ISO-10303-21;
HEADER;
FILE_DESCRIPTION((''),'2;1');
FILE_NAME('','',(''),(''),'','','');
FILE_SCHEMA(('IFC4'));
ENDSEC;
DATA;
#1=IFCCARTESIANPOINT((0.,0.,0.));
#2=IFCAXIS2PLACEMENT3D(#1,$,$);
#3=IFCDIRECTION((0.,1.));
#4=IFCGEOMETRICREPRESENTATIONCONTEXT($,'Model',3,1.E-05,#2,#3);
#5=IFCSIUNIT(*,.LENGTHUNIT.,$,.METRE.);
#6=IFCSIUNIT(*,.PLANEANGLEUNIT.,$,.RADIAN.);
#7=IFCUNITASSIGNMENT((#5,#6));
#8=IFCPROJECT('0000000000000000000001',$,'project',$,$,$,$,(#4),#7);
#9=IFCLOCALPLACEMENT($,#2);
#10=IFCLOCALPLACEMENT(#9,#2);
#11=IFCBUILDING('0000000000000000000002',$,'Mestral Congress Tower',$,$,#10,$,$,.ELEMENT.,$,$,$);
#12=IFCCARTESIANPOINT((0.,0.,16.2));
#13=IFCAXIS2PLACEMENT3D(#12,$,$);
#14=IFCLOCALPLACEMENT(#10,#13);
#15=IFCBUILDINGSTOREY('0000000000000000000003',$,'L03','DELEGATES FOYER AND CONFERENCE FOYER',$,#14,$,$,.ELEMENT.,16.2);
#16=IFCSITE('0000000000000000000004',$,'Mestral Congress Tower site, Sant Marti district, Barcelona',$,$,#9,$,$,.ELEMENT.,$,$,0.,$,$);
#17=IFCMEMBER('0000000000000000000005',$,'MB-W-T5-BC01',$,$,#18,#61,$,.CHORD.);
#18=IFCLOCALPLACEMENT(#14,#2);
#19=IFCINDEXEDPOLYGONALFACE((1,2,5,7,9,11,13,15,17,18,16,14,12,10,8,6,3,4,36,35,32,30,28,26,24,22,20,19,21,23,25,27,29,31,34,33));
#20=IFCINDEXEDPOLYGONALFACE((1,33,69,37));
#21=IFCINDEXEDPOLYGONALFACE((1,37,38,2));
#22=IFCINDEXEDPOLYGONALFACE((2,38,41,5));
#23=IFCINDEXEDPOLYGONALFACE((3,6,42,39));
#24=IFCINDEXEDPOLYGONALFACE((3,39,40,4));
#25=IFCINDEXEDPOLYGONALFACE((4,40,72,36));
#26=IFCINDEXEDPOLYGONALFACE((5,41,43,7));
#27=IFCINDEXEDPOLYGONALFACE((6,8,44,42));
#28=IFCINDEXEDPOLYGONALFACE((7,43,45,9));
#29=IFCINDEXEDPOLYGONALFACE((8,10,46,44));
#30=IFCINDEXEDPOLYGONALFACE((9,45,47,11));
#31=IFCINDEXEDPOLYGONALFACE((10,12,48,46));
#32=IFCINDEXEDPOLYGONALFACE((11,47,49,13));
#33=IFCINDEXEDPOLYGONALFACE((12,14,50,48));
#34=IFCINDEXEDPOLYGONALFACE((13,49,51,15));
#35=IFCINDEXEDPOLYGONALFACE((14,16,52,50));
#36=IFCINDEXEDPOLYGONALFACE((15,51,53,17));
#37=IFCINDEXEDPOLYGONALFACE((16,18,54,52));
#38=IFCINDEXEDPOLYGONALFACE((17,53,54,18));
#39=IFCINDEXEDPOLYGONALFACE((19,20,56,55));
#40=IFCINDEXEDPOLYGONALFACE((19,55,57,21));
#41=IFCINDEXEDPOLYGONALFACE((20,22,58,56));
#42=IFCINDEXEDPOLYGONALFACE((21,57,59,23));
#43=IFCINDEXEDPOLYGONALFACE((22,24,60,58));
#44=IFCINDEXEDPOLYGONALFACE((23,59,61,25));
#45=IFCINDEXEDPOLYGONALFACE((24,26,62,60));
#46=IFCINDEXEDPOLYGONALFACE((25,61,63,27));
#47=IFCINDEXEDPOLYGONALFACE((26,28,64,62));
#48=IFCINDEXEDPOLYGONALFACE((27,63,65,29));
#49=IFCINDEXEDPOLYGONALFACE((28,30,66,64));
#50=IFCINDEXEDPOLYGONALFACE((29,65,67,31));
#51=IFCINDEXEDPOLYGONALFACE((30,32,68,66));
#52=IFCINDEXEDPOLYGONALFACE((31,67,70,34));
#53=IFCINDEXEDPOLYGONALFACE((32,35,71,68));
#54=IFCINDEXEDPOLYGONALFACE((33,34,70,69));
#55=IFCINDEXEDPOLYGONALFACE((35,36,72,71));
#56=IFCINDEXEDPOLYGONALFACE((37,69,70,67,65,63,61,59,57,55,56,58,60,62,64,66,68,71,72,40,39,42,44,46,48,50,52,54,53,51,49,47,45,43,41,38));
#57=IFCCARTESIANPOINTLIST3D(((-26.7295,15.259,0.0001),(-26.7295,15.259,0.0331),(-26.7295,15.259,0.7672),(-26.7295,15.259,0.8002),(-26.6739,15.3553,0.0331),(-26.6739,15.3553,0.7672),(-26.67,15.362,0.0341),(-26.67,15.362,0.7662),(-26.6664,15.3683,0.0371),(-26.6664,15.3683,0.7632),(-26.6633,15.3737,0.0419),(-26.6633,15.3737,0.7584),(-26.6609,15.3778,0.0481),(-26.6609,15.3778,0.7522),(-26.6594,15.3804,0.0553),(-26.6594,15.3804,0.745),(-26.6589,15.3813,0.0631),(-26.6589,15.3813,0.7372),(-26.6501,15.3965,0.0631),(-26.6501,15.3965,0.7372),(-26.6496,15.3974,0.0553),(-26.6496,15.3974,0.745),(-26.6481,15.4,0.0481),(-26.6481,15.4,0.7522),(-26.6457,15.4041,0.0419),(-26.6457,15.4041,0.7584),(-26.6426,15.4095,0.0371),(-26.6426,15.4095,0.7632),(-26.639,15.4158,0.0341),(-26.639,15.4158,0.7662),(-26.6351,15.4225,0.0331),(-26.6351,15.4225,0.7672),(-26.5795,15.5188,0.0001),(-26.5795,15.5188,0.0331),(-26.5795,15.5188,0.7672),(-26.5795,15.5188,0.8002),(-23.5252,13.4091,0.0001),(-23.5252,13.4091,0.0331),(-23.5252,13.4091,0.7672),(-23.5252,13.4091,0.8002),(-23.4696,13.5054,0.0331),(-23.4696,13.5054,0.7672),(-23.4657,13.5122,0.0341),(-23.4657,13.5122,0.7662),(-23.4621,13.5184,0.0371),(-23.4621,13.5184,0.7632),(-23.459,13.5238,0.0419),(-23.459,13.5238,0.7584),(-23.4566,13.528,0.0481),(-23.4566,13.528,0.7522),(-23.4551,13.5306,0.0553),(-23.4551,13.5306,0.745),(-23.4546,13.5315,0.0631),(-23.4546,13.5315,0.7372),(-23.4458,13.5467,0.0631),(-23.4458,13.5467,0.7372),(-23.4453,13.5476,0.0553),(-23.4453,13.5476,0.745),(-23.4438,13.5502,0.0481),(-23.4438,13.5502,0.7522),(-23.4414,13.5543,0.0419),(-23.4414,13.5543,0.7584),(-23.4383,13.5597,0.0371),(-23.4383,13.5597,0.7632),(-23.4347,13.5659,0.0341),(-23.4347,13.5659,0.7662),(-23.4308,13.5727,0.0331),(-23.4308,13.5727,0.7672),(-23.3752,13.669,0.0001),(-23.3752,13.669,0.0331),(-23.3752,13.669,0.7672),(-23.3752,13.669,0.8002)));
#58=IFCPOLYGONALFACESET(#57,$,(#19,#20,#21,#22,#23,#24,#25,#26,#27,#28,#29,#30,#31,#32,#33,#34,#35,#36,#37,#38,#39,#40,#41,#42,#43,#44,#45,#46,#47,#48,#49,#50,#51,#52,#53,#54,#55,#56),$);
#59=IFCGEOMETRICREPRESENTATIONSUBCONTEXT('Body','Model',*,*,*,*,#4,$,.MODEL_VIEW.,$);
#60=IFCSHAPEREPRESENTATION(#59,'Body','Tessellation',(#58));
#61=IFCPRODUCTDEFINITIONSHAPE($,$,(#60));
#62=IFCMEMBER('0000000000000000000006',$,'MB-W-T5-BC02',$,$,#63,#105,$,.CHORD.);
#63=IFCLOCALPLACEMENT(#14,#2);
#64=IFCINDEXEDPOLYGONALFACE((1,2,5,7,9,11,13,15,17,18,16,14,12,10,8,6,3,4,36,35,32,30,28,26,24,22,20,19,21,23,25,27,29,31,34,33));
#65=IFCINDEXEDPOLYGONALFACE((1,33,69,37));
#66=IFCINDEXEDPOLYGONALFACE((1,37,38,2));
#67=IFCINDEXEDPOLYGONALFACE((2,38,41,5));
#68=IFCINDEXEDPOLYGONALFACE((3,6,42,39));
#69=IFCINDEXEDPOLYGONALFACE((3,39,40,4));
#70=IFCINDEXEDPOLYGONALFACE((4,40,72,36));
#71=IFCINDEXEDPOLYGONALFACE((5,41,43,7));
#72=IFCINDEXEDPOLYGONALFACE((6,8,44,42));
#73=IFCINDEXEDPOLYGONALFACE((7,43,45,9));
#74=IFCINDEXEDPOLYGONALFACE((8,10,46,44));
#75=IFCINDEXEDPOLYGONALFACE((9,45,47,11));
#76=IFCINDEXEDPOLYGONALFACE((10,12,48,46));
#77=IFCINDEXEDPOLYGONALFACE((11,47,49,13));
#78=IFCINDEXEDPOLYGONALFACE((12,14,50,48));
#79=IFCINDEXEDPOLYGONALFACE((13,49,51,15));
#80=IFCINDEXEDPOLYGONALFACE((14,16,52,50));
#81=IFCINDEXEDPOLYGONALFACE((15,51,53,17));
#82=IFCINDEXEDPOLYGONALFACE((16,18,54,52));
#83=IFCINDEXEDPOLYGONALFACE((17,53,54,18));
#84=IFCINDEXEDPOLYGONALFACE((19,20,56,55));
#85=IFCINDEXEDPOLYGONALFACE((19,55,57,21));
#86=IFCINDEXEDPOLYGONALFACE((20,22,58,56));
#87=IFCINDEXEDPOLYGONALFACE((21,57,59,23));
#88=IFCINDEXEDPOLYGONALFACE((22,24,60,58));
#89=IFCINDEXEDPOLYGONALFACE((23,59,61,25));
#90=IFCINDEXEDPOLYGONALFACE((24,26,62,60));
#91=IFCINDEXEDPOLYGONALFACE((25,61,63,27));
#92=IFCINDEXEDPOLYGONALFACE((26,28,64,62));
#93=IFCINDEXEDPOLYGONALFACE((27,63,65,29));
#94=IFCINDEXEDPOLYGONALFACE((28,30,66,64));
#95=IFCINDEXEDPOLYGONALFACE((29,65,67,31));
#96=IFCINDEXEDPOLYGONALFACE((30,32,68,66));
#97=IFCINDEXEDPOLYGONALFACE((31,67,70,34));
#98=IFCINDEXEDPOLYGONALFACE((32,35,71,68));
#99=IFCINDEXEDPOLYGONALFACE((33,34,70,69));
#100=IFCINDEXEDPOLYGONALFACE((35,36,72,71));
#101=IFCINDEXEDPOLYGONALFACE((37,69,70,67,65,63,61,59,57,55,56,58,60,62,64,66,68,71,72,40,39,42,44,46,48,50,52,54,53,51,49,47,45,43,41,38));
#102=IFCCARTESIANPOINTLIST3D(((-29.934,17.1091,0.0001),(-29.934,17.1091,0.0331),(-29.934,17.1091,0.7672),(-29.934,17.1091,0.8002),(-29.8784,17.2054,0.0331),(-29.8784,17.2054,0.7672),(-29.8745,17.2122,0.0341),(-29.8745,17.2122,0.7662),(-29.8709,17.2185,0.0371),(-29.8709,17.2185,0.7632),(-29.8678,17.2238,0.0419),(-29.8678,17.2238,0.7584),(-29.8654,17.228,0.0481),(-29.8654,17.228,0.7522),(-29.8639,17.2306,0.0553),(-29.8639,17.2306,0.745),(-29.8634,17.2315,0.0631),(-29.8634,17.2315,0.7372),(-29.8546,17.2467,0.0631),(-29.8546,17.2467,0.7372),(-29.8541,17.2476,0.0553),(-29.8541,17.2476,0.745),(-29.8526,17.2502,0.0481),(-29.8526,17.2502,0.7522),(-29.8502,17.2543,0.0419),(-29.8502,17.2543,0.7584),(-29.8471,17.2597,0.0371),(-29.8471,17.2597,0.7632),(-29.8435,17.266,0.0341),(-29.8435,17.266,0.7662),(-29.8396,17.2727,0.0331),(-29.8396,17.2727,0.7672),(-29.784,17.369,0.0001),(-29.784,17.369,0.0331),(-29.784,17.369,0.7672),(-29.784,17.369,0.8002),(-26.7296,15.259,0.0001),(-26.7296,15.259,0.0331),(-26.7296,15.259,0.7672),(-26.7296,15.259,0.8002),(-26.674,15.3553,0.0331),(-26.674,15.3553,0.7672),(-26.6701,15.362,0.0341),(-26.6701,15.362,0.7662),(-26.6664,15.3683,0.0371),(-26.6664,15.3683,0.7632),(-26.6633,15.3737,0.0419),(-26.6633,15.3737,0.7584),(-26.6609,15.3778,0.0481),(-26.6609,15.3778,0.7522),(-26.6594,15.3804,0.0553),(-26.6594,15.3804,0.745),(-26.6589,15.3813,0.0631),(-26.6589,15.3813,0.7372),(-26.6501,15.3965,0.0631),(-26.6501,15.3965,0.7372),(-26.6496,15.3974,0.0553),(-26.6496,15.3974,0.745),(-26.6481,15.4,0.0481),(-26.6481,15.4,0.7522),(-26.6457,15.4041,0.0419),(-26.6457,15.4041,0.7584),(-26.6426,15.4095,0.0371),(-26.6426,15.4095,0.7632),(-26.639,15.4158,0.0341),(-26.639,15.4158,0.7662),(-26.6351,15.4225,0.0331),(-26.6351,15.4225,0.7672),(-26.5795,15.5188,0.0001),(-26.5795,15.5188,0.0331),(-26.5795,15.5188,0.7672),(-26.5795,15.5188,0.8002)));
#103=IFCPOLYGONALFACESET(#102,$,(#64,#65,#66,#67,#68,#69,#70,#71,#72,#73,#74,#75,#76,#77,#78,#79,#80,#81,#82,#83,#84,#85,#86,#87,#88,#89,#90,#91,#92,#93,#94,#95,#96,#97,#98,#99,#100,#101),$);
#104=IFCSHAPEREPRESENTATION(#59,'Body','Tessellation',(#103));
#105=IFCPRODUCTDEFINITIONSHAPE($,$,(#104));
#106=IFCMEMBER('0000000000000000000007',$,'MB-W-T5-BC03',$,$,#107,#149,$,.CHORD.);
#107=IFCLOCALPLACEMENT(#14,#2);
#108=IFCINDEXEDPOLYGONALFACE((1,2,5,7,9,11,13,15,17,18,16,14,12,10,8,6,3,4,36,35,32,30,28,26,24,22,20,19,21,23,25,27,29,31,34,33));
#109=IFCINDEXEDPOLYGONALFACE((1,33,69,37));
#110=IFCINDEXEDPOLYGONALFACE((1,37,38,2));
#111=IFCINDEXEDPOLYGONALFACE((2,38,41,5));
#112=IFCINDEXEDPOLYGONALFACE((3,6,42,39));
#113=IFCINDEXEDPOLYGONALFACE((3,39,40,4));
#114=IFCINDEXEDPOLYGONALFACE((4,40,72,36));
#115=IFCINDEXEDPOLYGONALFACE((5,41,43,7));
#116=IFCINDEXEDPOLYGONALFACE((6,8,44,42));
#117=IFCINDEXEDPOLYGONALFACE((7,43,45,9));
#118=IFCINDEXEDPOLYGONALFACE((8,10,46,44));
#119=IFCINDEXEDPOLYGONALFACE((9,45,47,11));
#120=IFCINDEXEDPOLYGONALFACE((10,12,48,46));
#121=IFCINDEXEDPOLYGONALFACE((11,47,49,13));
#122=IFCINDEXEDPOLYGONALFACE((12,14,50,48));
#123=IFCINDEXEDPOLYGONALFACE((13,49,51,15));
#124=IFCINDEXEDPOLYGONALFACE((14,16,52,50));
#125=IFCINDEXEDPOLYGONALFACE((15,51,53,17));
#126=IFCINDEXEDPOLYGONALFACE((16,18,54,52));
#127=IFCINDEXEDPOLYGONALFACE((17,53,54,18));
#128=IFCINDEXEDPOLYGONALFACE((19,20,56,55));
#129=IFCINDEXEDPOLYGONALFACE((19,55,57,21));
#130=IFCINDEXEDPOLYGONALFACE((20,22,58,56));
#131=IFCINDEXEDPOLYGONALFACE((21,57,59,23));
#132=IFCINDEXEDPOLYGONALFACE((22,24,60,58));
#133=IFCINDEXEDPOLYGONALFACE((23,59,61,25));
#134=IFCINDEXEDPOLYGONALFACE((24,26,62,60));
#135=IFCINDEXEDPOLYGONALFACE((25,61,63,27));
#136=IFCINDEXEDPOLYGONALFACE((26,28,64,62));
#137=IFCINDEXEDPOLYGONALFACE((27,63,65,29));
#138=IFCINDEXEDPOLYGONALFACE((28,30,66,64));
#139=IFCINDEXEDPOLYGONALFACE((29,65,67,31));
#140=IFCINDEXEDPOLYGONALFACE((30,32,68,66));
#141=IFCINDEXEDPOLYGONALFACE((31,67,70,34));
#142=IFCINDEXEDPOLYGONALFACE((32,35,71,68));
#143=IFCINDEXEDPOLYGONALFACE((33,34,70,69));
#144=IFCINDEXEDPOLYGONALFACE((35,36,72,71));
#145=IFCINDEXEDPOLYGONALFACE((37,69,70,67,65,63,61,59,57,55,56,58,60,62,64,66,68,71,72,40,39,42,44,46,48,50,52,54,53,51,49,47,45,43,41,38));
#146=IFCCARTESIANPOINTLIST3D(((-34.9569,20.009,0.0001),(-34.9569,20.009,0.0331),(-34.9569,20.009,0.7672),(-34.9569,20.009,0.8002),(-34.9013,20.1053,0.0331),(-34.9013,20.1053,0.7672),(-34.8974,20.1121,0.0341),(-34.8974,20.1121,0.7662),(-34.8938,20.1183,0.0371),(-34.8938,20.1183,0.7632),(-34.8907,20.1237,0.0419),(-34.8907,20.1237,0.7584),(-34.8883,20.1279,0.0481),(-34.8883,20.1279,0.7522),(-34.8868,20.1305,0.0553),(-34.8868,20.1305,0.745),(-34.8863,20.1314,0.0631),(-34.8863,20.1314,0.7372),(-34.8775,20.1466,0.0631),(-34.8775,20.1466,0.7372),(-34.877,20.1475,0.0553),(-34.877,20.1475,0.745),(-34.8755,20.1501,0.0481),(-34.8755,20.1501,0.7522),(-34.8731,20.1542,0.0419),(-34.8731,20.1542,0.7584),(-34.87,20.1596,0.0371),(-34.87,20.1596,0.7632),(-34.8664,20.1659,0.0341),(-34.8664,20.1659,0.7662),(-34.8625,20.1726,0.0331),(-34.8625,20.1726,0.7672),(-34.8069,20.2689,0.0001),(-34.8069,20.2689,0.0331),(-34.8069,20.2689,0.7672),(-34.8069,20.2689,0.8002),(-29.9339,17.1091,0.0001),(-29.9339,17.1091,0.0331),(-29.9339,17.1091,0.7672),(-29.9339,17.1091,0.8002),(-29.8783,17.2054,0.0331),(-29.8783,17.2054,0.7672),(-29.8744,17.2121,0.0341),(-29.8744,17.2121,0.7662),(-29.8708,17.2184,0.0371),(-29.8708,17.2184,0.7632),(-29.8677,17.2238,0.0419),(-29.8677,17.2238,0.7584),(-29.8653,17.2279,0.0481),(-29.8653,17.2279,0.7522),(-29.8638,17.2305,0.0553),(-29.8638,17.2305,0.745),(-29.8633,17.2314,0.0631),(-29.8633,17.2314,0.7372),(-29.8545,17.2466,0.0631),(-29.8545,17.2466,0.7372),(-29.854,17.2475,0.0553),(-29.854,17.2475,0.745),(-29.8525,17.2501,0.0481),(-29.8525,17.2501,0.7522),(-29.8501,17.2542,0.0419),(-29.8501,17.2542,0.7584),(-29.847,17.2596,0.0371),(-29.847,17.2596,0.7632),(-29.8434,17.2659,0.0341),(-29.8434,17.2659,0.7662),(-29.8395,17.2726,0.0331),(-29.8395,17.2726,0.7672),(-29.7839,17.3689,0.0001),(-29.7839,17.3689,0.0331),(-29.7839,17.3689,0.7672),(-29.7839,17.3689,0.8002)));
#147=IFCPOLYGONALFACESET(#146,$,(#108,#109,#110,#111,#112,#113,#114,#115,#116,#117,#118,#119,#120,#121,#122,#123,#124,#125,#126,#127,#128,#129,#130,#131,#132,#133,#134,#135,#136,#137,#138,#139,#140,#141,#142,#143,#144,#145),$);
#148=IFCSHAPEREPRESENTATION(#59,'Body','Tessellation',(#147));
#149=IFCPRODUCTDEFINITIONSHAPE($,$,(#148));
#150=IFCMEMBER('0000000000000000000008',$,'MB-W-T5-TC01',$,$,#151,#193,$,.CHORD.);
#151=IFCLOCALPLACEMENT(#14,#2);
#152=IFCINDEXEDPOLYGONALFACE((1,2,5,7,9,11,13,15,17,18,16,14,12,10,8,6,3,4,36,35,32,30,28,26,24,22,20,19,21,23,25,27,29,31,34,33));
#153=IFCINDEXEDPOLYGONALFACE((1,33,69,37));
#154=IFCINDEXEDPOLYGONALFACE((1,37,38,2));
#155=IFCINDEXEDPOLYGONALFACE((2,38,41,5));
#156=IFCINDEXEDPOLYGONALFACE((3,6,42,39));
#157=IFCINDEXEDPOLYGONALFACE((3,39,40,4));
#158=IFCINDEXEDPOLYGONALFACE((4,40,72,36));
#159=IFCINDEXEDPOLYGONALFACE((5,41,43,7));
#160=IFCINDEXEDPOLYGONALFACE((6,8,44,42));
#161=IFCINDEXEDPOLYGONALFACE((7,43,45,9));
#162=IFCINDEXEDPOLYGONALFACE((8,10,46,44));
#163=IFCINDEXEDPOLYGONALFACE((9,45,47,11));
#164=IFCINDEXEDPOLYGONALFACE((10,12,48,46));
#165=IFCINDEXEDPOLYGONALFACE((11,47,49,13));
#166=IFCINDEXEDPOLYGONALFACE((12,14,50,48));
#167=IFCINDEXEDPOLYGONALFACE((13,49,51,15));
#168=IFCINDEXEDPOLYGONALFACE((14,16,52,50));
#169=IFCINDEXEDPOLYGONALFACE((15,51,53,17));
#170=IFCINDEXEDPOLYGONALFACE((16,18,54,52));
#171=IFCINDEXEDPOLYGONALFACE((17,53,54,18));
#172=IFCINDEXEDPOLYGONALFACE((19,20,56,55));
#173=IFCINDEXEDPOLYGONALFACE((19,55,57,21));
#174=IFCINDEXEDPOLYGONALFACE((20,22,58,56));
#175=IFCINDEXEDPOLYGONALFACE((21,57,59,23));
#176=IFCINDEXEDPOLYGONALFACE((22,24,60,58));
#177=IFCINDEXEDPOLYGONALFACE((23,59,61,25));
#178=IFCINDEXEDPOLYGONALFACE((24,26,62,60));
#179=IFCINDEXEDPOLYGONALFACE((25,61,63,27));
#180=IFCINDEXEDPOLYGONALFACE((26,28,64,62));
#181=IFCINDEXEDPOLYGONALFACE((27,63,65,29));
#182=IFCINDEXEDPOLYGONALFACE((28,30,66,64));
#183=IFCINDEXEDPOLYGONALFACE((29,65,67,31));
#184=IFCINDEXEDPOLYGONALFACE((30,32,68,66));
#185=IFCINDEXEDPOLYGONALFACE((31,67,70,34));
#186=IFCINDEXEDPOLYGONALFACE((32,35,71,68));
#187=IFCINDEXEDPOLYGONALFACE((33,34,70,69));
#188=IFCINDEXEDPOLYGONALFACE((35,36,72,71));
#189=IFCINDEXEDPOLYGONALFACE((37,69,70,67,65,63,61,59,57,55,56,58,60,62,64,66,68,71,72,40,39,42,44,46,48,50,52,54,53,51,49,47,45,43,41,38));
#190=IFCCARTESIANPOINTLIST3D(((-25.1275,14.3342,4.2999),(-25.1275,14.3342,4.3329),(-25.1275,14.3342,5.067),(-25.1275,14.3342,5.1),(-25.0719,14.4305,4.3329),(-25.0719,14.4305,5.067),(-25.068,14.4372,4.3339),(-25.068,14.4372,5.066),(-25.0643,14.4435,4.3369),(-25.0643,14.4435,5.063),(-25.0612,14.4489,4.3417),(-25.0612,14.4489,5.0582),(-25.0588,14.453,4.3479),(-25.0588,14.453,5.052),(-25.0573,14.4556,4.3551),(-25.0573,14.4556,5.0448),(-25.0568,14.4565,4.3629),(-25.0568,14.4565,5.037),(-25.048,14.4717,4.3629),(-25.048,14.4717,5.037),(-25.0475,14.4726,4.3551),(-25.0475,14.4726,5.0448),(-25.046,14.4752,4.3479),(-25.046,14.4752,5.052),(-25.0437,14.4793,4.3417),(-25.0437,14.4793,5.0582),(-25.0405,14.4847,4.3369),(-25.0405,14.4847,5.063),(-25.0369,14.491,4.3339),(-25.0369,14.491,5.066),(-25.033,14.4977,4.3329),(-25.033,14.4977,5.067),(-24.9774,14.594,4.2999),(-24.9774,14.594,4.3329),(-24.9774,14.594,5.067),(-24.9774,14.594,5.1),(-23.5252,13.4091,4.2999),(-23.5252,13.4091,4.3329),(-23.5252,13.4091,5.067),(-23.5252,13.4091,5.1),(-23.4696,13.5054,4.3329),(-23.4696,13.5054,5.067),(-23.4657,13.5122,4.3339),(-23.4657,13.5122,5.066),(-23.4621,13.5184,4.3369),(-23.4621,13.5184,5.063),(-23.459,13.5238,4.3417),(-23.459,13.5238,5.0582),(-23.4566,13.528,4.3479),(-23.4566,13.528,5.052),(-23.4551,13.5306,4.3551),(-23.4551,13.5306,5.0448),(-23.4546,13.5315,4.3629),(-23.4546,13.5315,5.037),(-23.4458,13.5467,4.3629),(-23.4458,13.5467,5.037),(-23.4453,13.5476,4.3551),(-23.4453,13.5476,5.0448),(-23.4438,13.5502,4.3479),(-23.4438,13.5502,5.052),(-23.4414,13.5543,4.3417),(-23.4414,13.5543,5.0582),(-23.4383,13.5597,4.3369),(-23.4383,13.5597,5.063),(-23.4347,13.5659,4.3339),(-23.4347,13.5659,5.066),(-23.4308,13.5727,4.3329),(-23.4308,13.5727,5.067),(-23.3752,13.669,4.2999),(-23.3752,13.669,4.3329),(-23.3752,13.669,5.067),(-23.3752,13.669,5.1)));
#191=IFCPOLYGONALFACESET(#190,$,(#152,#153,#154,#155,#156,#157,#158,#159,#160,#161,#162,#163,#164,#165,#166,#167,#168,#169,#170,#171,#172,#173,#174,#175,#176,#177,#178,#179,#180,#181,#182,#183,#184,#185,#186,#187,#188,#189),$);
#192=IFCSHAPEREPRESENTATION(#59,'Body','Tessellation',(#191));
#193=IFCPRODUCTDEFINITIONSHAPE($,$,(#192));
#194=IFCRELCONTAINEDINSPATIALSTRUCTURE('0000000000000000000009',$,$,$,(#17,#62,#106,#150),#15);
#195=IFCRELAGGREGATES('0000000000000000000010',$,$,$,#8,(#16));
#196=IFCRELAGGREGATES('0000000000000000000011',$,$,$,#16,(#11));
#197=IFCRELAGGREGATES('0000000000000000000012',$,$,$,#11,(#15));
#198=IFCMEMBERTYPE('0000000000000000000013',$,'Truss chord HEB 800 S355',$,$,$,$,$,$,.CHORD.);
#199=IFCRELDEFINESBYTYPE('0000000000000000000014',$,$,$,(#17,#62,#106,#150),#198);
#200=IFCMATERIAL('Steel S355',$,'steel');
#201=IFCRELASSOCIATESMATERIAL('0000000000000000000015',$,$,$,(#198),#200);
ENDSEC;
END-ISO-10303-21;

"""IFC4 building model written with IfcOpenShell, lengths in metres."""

from ifc_helpers import new_model, si_unit, direction, frame, origin, origin_2d, place, context, subcontext, project, spatial, i_section, extrude, material, material_profile, profile_set, type_object, element, save


model = new_model("IFC4")

# Units and contexts
model_context = context("Model", 3, precision=1e-05, world=origin(), true_north=direction((0.0, 1.0)))
body_context = subcontext(model_context, "Body", "Model", "MODEL_VIEW")
ifc_project = project(units=[si_unit("LENGTHUNIT", "METRE"), si_unit("PLANEANGLEUNIT", "RADIAN")], contexts=[model_context])

# Site, building, storey
site_placement = place(None, origin())
site = spatial("IfcSite", under=ifc_project, at=site_placement, Name="Mestral Congress Tower site, Sant Marti district, Barcelona", CompositionType="ELEMENT", RefElevation=0.0)
building_placement = place(site_placement, origin())
building = spatial("IfcBuilding", under=site, at=building_placement, Name="Mestral Congress Tower", CompositionType="ELEMENT")
storey_placement = place(building_placement, frame((0.0, 0.0, 16.2)))
storey = spatial("IfcBuildingStorey", under=building, at=storey_placement, Name="L03", Description="DELEGATES FOYER AND CONFERENCE FOYER", CompositionType="ELEMENT", Elevation=16.2)

# Members
ifc_material_1 = material(Name="Steel S355", Category="steel")
ifc_material_profile_1 = material_profile(ifc_material_1, i_section(OverallWidth=0.3, OverallDepth=0.8, WebThickness=0.0176, FlangeThickness=0.033, FilletRadius=0.03, at=origin_2d()), Name="HEB 800")
ifc_profile_set_1 = profile_set([ifc_material_profile_1], Name="Steel S355")
member_type_1 = type_object("IfcMemberType", Name="Truss chord HEB 800 S355", PredefinedType="CHORD", material=ifc_profile_set_1)
for number, where, z_axis, x_axis, name in (
    (1, (-23.4502, 13.5391, 0.4001), (-0.866046, 0.499964, 0.0), (-0.499964, -0.866046, 0.0), "MB-W-T5-BC01"),
):
    element("IfcMember", number, at=place(storey_placement, frame(where, z_axis=z_axis, x_axis=x_axis)), inside=storey, type_object=member_type_1, Name=name, PredefinedType="CHORD", context=body_context, shape_type="SweptSolid", body=[
        extrude(i_section(OverallWidth=0.3, OverallDepth=0.8, WebThickness=0.0176, FlangeThickness=0.033, FilletRadius=0.03, at=origin_2d()), origin(), (0.0, 0.0, 1.0), 3.7),
    ])
member_1_placement = place(storey_placement, frame((-26.6545, 15.3889, 0.4001), z_axis=(-0.866017, 0.500014, 0.0), x_axis=(-0.500014, -0.866017, 0.0)))
element("IfcMember", 2, at=member_1_placement, inside=storey, type_object=member_type_1, Name="MB-W-T5-BC02", PredefinedType="CHORD", context=body_context, shape_type="SweptSolid", body=[
    extrude(i_section(OverallWidth=0.3, OverallDepth=0.8, WebThickness=0.0176, FlangeThickness=0.033, FilletRadius=0.03, at=origin_2d()), origin(), (0.0, 0.0, 1.0), 3.7002),
])
member_2_placement = place(storey_placement, frame((-29.8589, 17.239, 0.4001), z_axis=(-0.866033, 0.499987, 0.0), x_axis=(-0.499987, -0.866033, 0.0)))
element("IfcMember", 3, at=member_2_placement, inside=storey, type_object=member_type_1, Name="MB-W-T5-BC03", PredefinedType="CHORD", context=body_context, shape_type="SweptSolid", body=[
    extrude(i_section(OverallWidth=0.3, OverallDepth=0.8, WebThickness=0.0176, FlangeThickness=0.033, FilletRadius=0.03, at=origin_2d()), origin(), (0.0, 0.0, 1.0), 5.8),
])
member_3_placement = place(storey_placement, frame((-23.4502, 13.5391, 4.7), z_axis=(-0.866034, 0.499985, 0.0), x_axis=(-0.499985, -0.866034, 0.0)))
element("IfcMember", 4, at=member_3_placement, inside=storey, type_object=member_type_1, Name="MB-W-T5-TC01", PredefinedType="CHORD", context=body_context, shape_type="SweptSolid", body=[
    extrude(i_section(OverallWidth=0.3, OverallDepth=0.8, WebThickness=0.0176, FlangeThickness=0.033, FilletRadius=0.03, at=origin_2d()), origin(), (0.0, 0.0, 1.0), 1.8501),
])

save(model, "model.ifc")
